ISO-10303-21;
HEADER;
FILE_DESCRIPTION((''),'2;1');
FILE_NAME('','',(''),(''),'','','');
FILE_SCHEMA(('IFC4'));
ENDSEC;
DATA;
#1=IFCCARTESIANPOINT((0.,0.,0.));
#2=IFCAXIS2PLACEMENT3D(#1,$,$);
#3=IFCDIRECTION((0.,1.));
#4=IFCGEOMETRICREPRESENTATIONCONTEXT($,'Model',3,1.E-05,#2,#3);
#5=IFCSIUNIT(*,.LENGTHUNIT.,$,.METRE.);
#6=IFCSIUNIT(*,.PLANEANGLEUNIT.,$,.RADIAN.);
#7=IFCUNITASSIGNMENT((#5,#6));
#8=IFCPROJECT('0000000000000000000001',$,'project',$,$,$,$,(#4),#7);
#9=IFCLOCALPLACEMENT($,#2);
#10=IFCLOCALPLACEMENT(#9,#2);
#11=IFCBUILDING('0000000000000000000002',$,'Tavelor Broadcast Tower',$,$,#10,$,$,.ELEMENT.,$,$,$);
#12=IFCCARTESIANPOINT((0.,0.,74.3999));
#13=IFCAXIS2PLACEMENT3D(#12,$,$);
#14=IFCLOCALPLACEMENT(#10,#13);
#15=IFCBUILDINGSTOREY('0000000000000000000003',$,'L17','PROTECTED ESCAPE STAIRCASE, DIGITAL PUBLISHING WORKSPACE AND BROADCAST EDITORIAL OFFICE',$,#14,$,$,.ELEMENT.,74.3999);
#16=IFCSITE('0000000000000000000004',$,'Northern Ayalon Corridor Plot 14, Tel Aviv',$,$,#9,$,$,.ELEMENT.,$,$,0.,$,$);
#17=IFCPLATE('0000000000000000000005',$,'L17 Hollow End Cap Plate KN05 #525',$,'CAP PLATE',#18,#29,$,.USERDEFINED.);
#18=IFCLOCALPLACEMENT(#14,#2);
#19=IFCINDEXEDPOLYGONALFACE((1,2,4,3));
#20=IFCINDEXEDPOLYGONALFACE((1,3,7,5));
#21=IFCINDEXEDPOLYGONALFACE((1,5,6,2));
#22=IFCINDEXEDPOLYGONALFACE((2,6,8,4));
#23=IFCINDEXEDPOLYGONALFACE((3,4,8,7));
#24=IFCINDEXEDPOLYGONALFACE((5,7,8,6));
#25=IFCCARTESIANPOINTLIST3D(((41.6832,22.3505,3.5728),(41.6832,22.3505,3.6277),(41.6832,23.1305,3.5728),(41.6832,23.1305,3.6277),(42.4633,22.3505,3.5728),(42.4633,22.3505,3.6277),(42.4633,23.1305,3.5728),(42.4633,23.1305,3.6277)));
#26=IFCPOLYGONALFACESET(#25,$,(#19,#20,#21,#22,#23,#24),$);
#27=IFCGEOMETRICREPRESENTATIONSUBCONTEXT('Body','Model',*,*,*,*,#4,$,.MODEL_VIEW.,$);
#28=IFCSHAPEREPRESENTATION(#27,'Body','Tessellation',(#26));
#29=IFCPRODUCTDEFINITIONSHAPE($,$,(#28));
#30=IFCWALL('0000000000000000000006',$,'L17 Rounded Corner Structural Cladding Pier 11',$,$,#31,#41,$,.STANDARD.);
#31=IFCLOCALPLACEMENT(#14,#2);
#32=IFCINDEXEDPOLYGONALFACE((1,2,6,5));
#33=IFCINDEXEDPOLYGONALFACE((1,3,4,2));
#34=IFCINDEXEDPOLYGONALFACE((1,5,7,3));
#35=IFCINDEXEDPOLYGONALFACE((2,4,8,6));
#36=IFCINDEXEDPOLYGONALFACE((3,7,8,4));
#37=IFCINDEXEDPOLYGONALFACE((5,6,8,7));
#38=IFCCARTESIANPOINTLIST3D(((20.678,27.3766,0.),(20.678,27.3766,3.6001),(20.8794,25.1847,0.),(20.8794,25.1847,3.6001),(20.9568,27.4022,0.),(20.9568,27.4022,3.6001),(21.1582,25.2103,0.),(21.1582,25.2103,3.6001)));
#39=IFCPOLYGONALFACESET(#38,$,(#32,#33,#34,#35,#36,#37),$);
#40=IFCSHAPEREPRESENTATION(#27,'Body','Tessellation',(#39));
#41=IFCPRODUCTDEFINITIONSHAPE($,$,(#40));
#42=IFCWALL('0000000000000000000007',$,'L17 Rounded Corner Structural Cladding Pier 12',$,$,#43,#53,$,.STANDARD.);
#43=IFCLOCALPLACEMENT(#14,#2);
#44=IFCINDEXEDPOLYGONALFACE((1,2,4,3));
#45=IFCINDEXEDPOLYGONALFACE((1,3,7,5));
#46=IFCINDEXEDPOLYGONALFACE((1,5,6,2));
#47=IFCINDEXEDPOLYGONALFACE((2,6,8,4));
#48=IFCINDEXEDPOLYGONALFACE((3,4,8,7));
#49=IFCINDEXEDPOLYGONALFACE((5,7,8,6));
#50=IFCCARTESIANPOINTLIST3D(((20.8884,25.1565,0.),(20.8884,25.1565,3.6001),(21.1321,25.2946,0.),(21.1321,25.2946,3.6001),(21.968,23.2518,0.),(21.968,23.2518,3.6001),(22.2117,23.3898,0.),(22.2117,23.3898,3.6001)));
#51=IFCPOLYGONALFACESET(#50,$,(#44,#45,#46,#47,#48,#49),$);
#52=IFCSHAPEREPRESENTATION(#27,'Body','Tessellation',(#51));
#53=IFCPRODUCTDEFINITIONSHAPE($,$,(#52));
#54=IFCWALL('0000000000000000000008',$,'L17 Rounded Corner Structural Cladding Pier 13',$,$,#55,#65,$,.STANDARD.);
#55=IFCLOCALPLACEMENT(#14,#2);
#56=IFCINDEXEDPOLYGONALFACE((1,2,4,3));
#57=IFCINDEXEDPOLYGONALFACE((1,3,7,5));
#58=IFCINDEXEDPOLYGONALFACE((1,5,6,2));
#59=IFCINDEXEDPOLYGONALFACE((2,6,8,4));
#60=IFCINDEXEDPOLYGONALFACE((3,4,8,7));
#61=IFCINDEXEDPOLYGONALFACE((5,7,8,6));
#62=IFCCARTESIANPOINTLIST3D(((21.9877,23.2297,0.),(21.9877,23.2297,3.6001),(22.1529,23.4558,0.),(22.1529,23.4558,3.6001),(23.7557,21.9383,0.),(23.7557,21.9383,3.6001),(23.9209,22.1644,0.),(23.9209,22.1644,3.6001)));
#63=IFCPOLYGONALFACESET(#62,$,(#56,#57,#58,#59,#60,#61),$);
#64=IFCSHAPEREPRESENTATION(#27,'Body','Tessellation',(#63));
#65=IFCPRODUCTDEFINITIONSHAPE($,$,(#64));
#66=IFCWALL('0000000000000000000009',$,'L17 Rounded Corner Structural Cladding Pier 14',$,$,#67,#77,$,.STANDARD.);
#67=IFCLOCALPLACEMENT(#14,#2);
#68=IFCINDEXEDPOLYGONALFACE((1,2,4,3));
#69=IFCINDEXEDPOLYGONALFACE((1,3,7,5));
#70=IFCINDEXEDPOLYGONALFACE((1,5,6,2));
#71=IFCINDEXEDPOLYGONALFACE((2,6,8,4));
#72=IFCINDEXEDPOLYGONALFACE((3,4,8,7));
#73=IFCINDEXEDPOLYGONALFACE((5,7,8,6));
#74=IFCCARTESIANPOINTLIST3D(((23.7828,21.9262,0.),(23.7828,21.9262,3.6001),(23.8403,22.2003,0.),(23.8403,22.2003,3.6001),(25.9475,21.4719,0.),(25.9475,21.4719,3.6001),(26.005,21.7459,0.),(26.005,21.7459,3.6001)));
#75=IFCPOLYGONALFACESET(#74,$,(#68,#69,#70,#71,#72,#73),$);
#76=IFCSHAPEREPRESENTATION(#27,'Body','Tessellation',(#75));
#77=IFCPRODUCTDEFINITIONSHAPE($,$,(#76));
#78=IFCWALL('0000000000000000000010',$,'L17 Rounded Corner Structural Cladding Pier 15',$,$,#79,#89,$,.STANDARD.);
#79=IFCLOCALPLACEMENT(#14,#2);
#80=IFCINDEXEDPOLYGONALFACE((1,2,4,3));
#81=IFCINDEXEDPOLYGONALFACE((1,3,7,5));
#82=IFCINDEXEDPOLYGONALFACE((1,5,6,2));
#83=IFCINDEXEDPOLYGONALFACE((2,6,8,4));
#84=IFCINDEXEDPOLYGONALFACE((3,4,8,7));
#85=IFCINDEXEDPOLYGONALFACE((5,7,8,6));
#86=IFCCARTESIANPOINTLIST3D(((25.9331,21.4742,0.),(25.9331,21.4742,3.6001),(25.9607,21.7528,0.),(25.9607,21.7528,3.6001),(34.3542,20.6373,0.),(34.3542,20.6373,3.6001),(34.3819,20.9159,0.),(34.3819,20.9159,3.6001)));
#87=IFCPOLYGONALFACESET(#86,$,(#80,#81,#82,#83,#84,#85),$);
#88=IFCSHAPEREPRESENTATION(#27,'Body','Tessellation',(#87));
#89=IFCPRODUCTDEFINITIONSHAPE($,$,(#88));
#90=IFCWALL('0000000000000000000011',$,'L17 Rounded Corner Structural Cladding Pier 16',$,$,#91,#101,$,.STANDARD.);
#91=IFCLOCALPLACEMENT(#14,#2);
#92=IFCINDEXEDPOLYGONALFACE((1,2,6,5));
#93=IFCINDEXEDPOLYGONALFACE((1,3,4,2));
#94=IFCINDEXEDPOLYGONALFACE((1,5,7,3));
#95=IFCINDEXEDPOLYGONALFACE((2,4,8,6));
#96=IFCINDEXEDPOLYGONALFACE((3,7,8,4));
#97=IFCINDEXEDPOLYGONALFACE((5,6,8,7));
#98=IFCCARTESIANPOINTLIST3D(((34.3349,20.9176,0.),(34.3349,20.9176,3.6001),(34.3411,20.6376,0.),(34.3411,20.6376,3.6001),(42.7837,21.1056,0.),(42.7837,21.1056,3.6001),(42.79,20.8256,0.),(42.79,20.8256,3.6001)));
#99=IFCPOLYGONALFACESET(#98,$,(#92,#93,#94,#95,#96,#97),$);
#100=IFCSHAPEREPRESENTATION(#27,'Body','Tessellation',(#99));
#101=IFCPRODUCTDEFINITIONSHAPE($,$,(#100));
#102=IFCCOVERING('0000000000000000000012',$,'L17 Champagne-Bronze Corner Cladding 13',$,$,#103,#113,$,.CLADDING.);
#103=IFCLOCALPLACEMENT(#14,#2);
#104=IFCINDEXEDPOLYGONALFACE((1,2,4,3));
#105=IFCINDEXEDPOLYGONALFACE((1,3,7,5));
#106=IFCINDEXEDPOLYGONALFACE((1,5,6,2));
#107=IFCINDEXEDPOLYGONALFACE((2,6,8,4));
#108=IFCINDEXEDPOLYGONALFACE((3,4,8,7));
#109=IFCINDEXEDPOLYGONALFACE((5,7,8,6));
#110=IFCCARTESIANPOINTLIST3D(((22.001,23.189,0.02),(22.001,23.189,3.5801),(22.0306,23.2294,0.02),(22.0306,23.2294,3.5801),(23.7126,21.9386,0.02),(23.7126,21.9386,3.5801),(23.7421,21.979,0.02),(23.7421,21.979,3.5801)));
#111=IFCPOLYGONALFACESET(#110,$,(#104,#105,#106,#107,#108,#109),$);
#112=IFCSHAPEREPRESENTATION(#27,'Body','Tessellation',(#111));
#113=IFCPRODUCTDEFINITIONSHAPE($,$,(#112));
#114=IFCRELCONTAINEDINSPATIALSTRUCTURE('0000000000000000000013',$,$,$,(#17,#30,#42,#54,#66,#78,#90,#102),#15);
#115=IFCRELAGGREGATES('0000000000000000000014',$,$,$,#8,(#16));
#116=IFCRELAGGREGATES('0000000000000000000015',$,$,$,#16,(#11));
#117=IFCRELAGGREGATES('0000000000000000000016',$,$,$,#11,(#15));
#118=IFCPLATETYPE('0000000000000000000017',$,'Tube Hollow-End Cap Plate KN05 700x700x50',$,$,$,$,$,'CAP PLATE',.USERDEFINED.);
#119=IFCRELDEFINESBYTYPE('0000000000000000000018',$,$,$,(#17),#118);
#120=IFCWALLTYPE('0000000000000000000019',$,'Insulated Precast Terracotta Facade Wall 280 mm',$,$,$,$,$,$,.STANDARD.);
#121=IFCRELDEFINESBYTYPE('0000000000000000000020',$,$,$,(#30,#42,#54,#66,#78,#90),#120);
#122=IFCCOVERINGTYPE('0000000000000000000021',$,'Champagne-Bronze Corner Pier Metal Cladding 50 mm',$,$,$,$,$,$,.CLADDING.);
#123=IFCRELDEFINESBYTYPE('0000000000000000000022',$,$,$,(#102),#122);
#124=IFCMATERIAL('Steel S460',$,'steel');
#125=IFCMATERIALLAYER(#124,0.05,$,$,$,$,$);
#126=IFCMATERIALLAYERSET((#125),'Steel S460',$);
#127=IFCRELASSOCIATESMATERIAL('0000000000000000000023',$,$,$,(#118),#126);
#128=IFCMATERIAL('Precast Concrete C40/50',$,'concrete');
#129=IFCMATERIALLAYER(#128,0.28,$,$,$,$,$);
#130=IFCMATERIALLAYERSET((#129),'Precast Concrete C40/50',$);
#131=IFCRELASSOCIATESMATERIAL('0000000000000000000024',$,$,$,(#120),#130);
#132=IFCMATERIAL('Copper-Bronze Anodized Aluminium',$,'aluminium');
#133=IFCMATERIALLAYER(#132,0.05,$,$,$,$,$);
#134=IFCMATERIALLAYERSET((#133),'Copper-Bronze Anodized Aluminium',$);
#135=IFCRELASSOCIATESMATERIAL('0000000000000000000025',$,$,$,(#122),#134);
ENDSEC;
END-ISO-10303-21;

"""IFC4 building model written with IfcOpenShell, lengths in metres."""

from ifc_helpers import new_model, si_unit, direction, frame, frame_2d, origin, origin_2d, place, context, subcontext, project, spatial, rectangle, extrude, source, transform, mapped, material, layer, layer_set, type_object, element, save


model = new_model("IFC4")

# Units and contexts
model_context = context("Model", 3, precision=1e-05, world=origin(), true_north=direction((0.0, 1.0)))
body_context = subcontext(model_context, "Body", "Model", "MODEL_VIEW")
ifc_project = project(units=[si_unit("LENGTHUNIT", "METRE"), si_unit("PLANEANGLEUNIT", "RADIAN")], contexts=[model_context])

# Site, building, storey
site_placement = place(None, origin())
site = spatial("IfcSite", under=ifc_project, at=site_placement, Name="Northern Ayalon Corridor Plot 14, Tel Aviv", CompositionType="ELEMENT", RefElevation=0.0)
building_placement = place(site_placement, origin())
building = spatial("IfcBuilding", under=site, at=building_placement, Name="Tavelor Broadcast Tower", CompositionType="ELEMENT")
storey_placement = place(building_placement, frame((0.0, 0.0, 74.3999)))
storey = spatial("IfcBuildingStorey", under=building, at=storey_placement, Name="L17", Description="PROTECTED ESCAPE STAIRCASE, DIGITAL PUBLISHING WORKSPACE AND BROADCAST EDITORIAL OFFICE", CompositionType="ELEMENT", Elevation=74.3999)

# Shared definitions
ifc_material_1 = material(Name="Steel S460", Category="steel")

# Plate
ifc_layer_1 = layer(ifc_material_1, 0.05)
ifc_layer_set_1 = layer_set([ifc_layer_1], Name="Steel S460")
plate_type = type_object("IfcPlateType", Name="Tube Hollow-End Cap Plate KN05 700x700x50", ElementType="CAP PLATE", PredefinedType="USERDEFINED", material=ifc_layer_set_1)
shared_shape_1 = source(origin(), body_context, "Body", "SweptSolid", [
    extrude(rectangle(XDim=0.78, YDim=0.78, at=origin_2d()), origin(), (0.0, 0.0, 1.0), 0.0549),
])
for number, where, z_axis, x_axis, name in (
    (1, (42.0732, 22.7405, 3.5728), (0.0, 0.0, 1.0), (1.0, 0.0, 0.0), "L17 Hollow End Cap Plate KN05 #525"),
):
    element("IfcPlate", number, at=place(storey_placement, frame(where, z_axis=z_axis, x_axis=x_axis)), inside=storey, type_object=plate_type, Name=name, ObjectType="CAP PLATE", PredefinedType="USERDEFINED", context=body_context, shape_type="MappedRepresentation", body=[
        mapped(shared_shape_1, transform((0.0, 0.0, 0.0), scale=1.0)),
    ])

# Walls
ifc_material_2 = material(Name="Precast Concrete C40/50", Category="concrete")
ifc_layer_2 = layer(ifc_material_2, 0.28)
ifc_layer_set_2 = layer_set([ifc_layer_2], Name="Precast Concrete C40/50")
wall_type = type_object("IfcWallType", Name="Insulated Precast Terracotta Facade Wall 280 mm", PredefinedType="STANDARD", material=ifc_layer_set_2)
wall_1_placement = place(storey_placement, frame((20.8174, 27.3894, 0.0), z_axis=(0.0, 0.0, 1.0), x_axis=(0.091506, -0.995805, 0.0)))
element("IfcWall", 2, at=wall_1_placement, inside=storey, type_object=wall_type, Name="L17 Rounded Corner Structural Cladding Pier 11", PredefinedType="STANDARD", context=body_context, shape_type="SweptSolid", body=[
    extrude(rectangle(XDim=2.2012, YDim=0.28, at=frame_2d((1.1006, 0.0))), origin(), (0.0, 0.0, 1.0), 3.6001),
])
for number, where, z_axis, x_axis, name in (
    (3, (21.0103, 25.2256, 0.0), (0.0, 0.0, 1.0), (0.493086, -0.869981, 0.0), "L17 Rounded Corner Structural Cladding Pier 12"),
    (4, (22.0703, 23.3428, 0.0), (0.0, 0.0, 1.0), (0.80751, -0.589854, 0.0), "L17 Rounded Corner Structural Cladding Pier 13"),
):
    element("IfcWall", number, at=place(storey_placement, frame(where, z_axis=z_axis, x_axis=x_axis)), inside=storey, type_object=wall_type, Name=name, PredefinedType="STANDARD", context=body_context, shape_type="SweptSolid", body=[
        extrude(rectangle(XDim=2.1895, YDim=0.28, at=frame_2d((1.0947, 0.0))), origin(), (0.0, 0.0, 1.0), 3.6001),
    ])
wall_2_placement = place(storey_placement, frame((23.8115, 22.0632, 0.0), z_axis=(0.0, 0.0, 1.0), x_axis=(0.978677, -0.205404, 0.0)))
element("IfcWall", 5, at=wall_2_placement, inside=storey, type_object=wall_type, Name="L17 Rounded Corner Structural Cladding Pier 14", PredefinedType="STANDARD", context=body_context, shape_type="SweptSolid", body=[
    extrude(rectangle(XDim=2.2119, YDim=0.28, at=frame_2d((1.106, 0.0))), origin(), (0.0, 0.0, 1.0), 3.6001),
])
wall_3_placement = place(storey_placement, frame((25.9468, 21.6135, 0.0), z_axis=(0.0, 0.0, 1.0), x_axis=(0.995098, -0.098895, 0.0)))
element("IfcWall", 6, at=wall_3_placement, inside=storey, type_object=wall_type, Name="L17 Rounded Corner Structural Cladding Pier 15", PredefinedType="STANDARD", context=body_context, shape_type="SweptSolid", body=[
    extrude(rectangle(XDim=8.4626, YDim=0.28, at=frame_2d((4.2314, 0.0))), origin(), (0.0, 0.0, 1.0), 3.6001),
])
wall_4_placement = place(storey_placement, frame((34.3379, 20.7776, 0.0), z_axis=(0.0, 0.0, 1.0), x_axis=(0.999753, 0.022245, 0.0)))
element("IfcWall", 7, at=wall_4_placement, inside=storey, type_object=wall_type, Name="L17 Rounded Corner Structural Cladding Pier 16", PredefinedType="STANDARD", context=body_context, shape_type="SweptSolid", body=[
    extrude(rectangle(XDim=8.4509, YDim=0.28, at=frame_2d((4.2256, 0.0))), origin(), (0.0, 0.0, 1.0), 3.6001),
])

# Covering
ifc_material_3 = material(Name="Copper-Bronze Anodized Aluminium", Category="aluminium")
ifc_layer_3 = layer(ifc_material_3, 0.05)
ifc_layer_set_3 = layer_set([ifc_layer_3], Name="Copper-Bronze Anodized Aluminium")
covering_type = type_object("IfcCoveringType", Name="Champagne-Bronze Corner Pier Metal Cladding 50 mm", PredefinedType="CLADDING", material=ifc_layer_set_3)
covering_placement = place(storey_placement, frame((22.8716, 22.584, 0.02), z_axis=(0.0, 0.0, 1.0), x_axis=(0.807475, -0.589901, 0.0)))
element("IfcCovering", 8, at=covering_placement, inside=storey, type_object=covering_type, Name="L17 Champagne-Bronze Corner Cladding 13", PredefinedType="CLADDING", context=body_context, shape_type="SweptSolid", body=[
    extrude(rectangle(XDim=2.1196, YDim=0.05, at=origin_2d()), origin(), (0.0, 0.0, 1.0), 3.5601),
])

save(model, "model.ifc")
